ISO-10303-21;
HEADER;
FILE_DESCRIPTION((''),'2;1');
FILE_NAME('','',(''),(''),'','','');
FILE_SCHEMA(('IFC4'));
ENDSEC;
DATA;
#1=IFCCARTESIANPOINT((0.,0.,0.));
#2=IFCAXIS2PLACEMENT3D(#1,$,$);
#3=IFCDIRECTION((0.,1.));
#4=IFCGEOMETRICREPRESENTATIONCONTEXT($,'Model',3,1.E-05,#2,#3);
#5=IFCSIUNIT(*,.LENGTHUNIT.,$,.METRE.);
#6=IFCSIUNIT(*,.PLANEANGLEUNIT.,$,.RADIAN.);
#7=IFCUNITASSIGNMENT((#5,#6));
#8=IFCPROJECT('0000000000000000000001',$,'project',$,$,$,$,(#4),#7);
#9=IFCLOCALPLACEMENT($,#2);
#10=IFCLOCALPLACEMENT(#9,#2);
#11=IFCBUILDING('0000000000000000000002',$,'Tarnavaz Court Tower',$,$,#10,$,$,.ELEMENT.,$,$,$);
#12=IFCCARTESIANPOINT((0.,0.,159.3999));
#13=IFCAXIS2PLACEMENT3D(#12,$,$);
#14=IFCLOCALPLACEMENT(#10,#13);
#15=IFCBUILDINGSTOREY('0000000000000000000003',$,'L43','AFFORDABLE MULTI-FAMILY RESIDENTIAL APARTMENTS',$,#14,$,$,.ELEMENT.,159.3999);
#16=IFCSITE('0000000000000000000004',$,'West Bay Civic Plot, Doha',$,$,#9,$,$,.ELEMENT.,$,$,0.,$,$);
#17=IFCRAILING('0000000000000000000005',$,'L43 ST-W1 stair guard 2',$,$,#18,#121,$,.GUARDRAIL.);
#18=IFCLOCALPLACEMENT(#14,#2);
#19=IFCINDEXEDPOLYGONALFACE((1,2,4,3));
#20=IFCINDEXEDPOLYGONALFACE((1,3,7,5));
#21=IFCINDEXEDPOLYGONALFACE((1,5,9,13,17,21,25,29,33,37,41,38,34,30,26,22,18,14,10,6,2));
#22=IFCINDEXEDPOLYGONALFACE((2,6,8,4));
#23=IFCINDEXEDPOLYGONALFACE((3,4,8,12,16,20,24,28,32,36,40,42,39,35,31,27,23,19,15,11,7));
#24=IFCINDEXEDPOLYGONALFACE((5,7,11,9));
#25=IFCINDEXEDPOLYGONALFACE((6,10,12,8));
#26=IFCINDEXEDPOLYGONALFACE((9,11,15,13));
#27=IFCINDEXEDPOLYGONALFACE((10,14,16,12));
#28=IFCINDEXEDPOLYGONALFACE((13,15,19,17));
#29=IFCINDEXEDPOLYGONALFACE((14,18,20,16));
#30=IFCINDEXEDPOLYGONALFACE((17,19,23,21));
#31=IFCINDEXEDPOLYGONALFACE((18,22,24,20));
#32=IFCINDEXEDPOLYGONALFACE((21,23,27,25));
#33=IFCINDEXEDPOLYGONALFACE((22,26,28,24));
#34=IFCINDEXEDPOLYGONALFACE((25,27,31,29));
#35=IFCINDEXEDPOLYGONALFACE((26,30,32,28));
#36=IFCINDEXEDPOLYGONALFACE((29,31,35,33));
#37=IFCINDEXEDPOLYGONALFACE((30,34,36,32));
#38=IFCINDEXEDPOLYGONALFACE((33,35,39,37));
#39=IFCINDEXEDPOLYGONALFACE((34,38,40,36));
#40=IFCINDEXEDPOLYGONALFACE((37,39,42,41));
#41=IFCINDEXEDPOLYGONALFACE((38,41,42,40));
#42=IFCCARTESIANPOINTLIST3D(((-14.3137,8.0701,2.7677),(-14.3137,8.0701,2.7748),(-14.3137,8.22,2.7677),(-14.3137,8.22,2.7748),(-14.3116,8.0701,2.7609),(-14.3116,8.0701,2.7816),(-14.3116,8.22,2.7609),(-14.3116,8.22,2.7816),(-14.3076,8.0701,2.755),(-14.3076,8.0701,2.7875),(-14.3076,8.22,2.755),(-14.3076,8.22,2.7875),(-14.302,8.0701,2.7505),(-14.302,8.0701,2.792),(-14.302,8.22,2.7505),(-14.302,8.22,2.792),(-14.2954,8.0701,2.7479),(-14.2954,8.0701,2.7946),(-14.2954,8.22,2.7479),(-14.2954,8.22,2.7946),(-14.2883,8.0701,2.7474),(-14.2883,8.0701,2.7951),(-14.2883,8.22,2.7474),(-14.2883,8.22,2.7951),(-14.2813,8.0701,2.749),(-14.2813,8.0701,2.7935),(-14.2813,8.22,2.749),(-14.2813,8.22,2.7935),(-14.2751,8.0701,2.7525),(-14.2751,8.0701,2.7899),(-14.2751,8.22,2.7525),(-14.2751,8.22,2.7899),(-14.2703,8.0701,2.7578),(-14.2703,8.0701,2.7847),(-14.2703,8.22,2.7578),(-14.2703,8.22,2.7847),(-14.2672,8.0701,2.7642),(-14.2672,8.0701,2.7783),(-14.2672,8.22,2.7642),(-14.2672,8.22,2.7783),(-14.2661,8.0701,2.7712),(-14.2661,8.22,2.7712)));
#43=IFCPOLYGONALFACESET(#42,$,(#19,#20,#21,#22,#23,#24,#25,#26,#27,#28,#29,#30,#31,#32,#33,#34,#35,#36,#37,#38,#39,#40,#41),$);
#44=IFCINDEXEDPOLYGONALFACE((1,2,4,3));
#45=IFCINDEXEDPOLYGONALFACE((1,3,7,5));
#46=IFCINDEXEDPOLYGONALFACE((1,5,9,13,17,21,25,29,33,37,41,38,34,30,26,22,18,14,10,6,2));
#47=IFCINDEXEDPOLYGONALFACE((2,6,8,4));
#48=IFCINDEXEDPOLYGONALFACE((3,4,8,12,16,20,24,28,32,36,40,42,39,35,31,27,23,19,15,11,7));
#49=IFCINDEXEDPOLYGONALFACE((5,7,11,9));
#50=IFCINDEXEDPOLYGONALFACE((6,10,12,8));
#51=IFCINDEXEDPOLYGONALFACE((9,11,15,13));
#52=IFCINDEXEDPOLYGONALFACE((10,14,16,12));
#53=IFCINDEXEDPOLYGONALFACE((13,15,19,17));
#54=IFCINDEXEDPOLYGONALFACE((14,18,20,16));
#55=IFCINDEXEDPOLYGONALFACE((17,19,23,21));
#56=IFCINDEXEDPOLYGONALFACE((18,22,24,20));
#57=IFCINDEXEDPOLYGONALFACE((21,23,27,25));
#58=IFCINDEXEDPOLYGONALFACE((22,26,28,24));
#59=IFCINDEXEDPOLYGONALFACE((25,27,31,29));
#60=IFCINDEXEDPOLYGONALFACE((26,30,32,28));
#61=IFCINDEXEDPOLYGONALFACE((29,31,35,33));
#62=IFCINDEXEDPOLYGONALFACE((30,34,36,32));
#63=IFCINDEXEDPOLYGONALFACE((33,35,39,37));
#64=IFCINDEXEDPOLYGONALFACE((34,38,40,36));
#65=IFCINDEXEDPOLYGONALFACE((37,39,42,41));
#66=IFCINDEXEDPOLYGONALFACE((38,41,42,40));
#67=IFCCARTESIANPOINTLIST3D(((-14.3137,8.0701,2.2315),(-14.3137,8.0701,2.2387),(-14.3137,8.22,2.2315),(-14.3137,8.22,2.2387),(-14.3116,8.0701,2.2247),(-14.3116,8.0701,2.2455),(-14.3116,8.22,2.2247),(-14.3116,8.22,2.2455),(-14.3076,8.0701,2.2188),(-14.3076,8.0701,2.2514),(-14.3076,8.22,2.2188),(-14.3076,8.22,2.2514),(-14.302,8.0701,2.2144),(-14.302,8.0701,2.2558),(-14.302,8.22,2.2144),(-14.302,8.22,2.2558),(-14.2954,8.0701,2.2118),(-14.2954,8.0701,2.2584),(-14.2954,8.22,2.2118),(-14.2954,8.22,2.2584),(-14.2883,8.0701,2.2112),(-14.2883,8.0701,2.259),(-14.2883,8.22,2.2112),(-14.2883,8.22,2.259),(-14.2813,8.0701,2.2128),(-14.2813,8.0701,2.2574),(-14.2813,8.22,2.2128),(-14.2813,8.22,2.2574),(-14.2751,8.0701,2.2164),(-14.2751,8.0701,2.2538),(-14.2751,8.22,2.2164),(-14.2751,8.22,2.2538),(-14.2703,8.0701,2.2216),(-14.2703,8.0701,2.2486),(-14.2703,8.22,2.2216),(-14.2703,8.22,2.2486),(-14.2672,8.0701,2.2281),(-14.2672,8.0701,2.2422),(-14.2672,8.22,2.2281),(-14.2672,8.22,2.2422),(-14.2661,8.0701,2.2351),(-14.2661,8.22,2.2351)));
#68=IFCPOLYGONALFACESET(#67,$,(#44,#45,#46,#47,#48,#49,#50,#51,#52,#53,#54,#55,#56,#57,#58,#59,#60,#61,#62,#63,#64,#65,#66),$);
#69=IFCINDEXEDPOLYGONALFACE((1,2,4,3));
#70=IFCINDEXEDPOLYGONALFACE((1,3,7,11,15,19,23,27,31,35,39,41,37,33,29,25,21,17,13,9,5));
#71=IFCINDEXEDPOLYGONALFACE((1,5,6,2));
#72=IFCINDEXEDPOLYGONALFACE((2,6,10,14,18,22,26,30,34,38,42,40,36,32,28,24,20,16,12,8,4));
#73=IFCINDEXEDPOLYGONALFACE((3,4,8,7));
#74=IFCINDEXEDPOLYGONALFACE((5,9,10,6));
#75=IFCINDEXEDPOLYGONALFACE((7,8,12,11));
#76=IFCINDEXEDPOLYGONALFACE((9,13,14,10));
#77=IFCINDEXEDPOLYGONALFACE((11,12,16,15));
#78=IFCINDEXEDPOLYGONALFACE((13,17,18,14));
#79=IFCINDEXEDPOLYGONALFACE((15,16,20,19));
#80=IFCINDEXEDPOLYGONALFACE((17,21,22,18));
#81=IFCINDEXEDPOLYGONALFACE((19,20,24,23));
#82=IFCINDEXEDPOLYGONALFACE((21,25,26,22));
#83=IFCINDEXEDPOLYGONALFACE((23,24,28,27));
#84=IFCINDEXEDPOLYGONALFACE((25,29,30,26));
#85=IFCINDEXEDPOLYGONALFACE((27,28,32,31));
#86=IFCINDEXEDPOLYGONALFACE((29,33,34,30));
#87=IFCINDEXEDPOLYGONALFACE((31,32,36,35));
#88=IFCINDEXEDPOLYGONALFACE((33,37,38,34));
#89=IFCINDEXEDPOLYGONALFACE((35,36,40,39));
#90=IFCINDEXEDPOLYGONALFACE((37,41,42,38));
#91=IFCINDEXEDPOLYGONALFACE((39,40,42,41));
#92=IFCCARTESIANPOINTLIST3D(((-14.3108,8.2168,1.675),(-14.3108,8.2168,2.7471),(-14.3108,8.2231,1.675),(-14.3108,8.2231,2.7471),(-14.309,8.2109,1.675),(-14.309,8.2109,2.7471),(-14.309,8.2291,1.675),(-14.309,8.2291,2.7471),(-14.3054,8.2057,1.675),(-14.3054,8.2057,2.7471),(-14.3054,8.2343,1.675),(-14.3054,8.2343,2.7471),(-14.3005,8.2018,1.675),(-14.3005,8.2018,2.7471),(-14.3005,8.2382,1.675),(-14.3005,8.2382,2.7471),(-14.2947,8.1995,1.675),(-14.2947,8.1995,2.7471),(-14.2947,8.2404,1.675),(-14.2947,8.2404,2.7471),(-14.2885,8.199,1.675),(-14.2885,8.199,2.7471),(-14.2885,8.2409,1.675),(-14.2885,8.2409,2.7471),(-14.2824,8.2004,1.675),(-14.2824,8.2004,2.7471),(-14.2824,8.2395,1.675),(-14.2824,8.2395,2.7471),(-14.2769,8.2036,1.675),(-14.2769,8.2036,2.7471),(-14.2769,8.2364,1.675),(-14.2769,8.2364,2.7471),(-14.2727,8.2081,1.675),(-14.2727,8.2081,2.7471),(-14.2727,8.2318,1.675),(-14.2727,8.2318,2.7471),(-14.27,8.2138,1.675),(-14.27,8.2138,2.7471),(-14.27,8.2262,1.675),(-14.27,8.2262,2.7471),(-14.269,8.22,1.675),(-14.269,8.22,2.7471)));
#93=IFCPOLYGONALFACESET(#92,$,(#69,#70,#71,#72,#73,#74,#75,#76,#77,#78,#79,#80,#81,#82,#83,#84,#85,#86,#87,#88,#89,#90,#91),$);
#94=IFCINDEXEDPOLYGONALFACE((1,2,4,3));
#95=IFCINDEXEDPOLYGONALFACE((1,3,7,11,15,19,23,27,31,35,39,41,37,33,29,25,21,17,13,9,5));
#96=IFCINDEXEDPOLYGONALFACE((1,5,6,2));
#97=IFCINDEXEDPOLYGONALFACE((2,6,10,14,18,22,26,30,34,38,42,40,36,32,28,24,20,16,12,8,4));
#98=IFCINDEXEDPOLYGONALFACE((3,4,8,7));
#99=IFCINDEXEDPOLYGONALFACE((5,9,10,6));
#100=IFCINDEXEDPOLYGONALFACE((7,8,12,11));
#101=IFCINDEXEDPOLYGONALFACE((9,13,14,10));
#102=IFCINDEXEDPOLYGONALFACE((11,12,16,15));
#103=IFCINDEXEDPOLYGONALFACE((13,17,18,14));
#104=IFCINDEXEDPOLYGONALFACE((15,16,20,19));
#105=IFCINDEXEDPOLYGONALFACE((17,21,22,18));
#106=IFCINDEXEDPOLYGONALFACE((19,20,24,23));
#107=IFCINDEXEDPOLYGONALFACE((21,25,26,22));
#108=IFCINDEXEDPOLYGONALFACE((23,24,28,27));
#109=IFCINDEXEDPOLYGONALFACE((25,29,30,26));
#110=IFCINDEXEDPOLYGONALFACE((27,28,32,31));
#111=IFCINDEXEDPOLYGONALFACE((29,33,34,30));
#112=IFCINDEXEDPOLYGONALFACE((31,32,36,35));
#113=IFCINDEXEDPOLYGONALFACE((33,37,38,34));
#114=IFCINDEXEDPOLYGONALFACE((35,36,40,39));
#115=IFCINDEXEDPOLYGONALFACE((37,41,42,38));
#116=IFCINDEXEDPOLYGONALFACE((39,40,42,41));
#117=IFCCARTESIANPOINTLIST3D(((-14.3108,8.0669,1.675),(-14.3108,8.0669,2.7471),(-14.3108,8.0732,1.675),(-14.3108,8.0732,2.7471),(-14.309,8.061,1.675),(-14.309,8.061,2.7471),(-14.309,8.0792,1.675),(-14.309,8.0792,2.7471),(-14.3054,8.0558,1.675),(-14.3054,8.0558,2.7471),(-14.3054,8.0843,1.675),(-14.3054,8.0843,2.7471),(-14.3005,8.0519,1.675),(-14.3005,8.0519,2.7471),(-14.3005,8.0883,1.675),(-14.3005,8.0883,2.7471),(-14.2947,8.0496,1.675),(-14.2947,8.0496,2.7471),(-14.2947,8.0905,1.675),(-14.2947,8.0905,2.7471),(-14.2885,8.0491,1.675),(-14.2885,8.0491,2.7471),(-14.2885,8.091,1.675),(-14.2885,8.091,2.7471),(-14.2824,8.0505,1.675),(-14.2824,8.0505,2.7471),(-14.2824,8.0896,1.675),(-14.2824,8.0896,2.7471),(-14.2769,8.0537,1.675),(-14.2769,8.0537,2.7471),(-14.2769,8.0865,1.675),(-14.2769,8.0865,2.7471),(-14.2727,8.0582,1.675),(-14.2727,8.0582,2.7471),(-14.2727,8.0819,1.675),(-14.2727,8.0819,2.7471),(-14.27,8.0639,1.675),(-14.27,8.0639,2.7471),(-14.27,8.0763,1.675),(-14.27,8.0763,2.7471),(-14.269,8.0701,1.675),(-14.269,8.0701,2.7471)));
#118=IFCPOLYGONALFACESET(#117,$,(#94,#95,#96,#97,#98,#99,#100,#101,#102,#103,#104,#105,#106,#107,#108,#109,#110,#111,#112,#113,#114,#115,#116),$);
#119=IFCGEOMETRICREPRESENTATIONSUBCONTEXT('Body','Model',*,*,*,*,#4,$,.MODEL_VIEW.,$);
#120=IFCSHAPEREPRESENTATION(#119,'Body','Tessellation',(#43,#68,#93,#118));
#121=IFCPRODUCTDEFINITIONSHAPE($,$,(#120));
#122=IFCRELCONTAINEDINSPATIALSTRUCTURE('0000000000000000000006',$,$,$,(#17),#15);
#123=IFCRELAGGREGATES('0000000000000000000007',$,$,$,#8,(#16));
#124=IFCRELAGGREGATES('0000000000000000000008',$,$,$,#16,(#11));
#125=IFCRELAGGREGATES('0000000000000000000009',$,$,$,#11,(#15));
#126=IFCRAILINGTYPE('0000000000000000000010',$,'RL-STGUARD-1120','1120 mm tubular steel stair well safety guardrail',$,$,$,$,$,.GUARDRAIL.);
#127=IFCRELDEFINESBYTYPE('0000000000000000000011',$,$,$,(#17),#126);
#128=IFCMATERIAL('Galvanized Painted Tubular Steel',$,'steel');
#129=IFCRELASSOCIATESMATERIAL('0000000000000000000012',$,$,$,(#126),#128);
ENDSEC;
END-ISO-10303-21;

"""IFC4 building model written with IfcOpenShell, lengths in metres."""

from ifc_helpers import new_model, si_unit, direction, frame, origin, origin_2d, place, context, subcontext, project, spatial, circle, extrude, material, type_object, element, save


model = new_model("IFC4")

# Units and contexts
model_context = context("Model", 3, precision=1e-05, world=origin(), true_north=direction((0.0, 1.0)))
body_context = subcontext(model_context, "Body", "Model", "MODEL_VIEW")
ifc_project = project(units=[si_unit("LENGTHUNIT", "METRE"), si_unit("PLANEANGLEUNIT", "RADIAN")], contexts=[model_context])

# Site, building, storey
site_placement = place(None, origin())
site = spatial("IfcSite", under=ifc_project, at=site_placement, Name="West Bay Civic Plot, Doha", CompositionType="ELEMENT", RefElevation=0.0)
building_placement = place(site_placement, origin())
building = spatial("IfcBuilding", under=site, at=building_placement, Name="Tarnavaz Court Tower", CompositionType="ELEMENT")
storey_placement = place(building_placement, frame((0.0, 0.0, 159.3999)))
storey = spatial("IfcBuildingStorey", under=building, at=storey_placement, Name="L43", Description="AFFORDABLE MULTI-FAMILY RESIDENTIAL APARTMENTS", CompositionType="ELEMENT", Elevation=159.3999)

# Railing
ifc_material_1 = material(Name="Galvanized Painted Tubular Steel", Category="steel")
railing_type_1 = type_object("IfcRailingType", Name="RL-STGUARD-1120", Description="1120 mm tubular steel stair well safety guardrail", PredefinedType="GUARDRAIL", material=ifc_material_1)
railing_1_placement = place(storey_placement, frame((-14.29, 8.22, 1.675)))
element("IfcRailing", 1, at=railing_1_placement, inside=storey, type_object=railing_type_1, Name="L43 ST-W1 stair guard 2", PredefinedType="GUARDRAIL", context=body_context, shape_type="SweptSolid", body=[
    extrude(circle(Radius=0.0239, at=origin_2d()), frame((0.0, 0.0, 1.0962), z_axis=(0.0, -1.0, 0.0), x_axis=(1.0, 0.0, 0.0)), (0.0, 0.0, 1.0), 0.1499),
    extrude(circle(Radius=0.0239, at=origin_2d()), frame((0.0, 0.0, 0.5601), z_axis=(0.0, -1.0, 0.0), x_axis=(1.0, 0.0, 0.0)), (0.0, 0.0, 1.0), 0.1499),
    extrude(circle(Radius=0.021, at=origin_2d()), origin(), (0.0, 0.0, 1.0), 1.072),
    extrude(circle(Radius=0.021, at=origin_2d()), frame((0.0, -0.1499, 0.0)), (0.0, 0.0, 1.0), 1.072),
])

save(model, "model.ifc")
